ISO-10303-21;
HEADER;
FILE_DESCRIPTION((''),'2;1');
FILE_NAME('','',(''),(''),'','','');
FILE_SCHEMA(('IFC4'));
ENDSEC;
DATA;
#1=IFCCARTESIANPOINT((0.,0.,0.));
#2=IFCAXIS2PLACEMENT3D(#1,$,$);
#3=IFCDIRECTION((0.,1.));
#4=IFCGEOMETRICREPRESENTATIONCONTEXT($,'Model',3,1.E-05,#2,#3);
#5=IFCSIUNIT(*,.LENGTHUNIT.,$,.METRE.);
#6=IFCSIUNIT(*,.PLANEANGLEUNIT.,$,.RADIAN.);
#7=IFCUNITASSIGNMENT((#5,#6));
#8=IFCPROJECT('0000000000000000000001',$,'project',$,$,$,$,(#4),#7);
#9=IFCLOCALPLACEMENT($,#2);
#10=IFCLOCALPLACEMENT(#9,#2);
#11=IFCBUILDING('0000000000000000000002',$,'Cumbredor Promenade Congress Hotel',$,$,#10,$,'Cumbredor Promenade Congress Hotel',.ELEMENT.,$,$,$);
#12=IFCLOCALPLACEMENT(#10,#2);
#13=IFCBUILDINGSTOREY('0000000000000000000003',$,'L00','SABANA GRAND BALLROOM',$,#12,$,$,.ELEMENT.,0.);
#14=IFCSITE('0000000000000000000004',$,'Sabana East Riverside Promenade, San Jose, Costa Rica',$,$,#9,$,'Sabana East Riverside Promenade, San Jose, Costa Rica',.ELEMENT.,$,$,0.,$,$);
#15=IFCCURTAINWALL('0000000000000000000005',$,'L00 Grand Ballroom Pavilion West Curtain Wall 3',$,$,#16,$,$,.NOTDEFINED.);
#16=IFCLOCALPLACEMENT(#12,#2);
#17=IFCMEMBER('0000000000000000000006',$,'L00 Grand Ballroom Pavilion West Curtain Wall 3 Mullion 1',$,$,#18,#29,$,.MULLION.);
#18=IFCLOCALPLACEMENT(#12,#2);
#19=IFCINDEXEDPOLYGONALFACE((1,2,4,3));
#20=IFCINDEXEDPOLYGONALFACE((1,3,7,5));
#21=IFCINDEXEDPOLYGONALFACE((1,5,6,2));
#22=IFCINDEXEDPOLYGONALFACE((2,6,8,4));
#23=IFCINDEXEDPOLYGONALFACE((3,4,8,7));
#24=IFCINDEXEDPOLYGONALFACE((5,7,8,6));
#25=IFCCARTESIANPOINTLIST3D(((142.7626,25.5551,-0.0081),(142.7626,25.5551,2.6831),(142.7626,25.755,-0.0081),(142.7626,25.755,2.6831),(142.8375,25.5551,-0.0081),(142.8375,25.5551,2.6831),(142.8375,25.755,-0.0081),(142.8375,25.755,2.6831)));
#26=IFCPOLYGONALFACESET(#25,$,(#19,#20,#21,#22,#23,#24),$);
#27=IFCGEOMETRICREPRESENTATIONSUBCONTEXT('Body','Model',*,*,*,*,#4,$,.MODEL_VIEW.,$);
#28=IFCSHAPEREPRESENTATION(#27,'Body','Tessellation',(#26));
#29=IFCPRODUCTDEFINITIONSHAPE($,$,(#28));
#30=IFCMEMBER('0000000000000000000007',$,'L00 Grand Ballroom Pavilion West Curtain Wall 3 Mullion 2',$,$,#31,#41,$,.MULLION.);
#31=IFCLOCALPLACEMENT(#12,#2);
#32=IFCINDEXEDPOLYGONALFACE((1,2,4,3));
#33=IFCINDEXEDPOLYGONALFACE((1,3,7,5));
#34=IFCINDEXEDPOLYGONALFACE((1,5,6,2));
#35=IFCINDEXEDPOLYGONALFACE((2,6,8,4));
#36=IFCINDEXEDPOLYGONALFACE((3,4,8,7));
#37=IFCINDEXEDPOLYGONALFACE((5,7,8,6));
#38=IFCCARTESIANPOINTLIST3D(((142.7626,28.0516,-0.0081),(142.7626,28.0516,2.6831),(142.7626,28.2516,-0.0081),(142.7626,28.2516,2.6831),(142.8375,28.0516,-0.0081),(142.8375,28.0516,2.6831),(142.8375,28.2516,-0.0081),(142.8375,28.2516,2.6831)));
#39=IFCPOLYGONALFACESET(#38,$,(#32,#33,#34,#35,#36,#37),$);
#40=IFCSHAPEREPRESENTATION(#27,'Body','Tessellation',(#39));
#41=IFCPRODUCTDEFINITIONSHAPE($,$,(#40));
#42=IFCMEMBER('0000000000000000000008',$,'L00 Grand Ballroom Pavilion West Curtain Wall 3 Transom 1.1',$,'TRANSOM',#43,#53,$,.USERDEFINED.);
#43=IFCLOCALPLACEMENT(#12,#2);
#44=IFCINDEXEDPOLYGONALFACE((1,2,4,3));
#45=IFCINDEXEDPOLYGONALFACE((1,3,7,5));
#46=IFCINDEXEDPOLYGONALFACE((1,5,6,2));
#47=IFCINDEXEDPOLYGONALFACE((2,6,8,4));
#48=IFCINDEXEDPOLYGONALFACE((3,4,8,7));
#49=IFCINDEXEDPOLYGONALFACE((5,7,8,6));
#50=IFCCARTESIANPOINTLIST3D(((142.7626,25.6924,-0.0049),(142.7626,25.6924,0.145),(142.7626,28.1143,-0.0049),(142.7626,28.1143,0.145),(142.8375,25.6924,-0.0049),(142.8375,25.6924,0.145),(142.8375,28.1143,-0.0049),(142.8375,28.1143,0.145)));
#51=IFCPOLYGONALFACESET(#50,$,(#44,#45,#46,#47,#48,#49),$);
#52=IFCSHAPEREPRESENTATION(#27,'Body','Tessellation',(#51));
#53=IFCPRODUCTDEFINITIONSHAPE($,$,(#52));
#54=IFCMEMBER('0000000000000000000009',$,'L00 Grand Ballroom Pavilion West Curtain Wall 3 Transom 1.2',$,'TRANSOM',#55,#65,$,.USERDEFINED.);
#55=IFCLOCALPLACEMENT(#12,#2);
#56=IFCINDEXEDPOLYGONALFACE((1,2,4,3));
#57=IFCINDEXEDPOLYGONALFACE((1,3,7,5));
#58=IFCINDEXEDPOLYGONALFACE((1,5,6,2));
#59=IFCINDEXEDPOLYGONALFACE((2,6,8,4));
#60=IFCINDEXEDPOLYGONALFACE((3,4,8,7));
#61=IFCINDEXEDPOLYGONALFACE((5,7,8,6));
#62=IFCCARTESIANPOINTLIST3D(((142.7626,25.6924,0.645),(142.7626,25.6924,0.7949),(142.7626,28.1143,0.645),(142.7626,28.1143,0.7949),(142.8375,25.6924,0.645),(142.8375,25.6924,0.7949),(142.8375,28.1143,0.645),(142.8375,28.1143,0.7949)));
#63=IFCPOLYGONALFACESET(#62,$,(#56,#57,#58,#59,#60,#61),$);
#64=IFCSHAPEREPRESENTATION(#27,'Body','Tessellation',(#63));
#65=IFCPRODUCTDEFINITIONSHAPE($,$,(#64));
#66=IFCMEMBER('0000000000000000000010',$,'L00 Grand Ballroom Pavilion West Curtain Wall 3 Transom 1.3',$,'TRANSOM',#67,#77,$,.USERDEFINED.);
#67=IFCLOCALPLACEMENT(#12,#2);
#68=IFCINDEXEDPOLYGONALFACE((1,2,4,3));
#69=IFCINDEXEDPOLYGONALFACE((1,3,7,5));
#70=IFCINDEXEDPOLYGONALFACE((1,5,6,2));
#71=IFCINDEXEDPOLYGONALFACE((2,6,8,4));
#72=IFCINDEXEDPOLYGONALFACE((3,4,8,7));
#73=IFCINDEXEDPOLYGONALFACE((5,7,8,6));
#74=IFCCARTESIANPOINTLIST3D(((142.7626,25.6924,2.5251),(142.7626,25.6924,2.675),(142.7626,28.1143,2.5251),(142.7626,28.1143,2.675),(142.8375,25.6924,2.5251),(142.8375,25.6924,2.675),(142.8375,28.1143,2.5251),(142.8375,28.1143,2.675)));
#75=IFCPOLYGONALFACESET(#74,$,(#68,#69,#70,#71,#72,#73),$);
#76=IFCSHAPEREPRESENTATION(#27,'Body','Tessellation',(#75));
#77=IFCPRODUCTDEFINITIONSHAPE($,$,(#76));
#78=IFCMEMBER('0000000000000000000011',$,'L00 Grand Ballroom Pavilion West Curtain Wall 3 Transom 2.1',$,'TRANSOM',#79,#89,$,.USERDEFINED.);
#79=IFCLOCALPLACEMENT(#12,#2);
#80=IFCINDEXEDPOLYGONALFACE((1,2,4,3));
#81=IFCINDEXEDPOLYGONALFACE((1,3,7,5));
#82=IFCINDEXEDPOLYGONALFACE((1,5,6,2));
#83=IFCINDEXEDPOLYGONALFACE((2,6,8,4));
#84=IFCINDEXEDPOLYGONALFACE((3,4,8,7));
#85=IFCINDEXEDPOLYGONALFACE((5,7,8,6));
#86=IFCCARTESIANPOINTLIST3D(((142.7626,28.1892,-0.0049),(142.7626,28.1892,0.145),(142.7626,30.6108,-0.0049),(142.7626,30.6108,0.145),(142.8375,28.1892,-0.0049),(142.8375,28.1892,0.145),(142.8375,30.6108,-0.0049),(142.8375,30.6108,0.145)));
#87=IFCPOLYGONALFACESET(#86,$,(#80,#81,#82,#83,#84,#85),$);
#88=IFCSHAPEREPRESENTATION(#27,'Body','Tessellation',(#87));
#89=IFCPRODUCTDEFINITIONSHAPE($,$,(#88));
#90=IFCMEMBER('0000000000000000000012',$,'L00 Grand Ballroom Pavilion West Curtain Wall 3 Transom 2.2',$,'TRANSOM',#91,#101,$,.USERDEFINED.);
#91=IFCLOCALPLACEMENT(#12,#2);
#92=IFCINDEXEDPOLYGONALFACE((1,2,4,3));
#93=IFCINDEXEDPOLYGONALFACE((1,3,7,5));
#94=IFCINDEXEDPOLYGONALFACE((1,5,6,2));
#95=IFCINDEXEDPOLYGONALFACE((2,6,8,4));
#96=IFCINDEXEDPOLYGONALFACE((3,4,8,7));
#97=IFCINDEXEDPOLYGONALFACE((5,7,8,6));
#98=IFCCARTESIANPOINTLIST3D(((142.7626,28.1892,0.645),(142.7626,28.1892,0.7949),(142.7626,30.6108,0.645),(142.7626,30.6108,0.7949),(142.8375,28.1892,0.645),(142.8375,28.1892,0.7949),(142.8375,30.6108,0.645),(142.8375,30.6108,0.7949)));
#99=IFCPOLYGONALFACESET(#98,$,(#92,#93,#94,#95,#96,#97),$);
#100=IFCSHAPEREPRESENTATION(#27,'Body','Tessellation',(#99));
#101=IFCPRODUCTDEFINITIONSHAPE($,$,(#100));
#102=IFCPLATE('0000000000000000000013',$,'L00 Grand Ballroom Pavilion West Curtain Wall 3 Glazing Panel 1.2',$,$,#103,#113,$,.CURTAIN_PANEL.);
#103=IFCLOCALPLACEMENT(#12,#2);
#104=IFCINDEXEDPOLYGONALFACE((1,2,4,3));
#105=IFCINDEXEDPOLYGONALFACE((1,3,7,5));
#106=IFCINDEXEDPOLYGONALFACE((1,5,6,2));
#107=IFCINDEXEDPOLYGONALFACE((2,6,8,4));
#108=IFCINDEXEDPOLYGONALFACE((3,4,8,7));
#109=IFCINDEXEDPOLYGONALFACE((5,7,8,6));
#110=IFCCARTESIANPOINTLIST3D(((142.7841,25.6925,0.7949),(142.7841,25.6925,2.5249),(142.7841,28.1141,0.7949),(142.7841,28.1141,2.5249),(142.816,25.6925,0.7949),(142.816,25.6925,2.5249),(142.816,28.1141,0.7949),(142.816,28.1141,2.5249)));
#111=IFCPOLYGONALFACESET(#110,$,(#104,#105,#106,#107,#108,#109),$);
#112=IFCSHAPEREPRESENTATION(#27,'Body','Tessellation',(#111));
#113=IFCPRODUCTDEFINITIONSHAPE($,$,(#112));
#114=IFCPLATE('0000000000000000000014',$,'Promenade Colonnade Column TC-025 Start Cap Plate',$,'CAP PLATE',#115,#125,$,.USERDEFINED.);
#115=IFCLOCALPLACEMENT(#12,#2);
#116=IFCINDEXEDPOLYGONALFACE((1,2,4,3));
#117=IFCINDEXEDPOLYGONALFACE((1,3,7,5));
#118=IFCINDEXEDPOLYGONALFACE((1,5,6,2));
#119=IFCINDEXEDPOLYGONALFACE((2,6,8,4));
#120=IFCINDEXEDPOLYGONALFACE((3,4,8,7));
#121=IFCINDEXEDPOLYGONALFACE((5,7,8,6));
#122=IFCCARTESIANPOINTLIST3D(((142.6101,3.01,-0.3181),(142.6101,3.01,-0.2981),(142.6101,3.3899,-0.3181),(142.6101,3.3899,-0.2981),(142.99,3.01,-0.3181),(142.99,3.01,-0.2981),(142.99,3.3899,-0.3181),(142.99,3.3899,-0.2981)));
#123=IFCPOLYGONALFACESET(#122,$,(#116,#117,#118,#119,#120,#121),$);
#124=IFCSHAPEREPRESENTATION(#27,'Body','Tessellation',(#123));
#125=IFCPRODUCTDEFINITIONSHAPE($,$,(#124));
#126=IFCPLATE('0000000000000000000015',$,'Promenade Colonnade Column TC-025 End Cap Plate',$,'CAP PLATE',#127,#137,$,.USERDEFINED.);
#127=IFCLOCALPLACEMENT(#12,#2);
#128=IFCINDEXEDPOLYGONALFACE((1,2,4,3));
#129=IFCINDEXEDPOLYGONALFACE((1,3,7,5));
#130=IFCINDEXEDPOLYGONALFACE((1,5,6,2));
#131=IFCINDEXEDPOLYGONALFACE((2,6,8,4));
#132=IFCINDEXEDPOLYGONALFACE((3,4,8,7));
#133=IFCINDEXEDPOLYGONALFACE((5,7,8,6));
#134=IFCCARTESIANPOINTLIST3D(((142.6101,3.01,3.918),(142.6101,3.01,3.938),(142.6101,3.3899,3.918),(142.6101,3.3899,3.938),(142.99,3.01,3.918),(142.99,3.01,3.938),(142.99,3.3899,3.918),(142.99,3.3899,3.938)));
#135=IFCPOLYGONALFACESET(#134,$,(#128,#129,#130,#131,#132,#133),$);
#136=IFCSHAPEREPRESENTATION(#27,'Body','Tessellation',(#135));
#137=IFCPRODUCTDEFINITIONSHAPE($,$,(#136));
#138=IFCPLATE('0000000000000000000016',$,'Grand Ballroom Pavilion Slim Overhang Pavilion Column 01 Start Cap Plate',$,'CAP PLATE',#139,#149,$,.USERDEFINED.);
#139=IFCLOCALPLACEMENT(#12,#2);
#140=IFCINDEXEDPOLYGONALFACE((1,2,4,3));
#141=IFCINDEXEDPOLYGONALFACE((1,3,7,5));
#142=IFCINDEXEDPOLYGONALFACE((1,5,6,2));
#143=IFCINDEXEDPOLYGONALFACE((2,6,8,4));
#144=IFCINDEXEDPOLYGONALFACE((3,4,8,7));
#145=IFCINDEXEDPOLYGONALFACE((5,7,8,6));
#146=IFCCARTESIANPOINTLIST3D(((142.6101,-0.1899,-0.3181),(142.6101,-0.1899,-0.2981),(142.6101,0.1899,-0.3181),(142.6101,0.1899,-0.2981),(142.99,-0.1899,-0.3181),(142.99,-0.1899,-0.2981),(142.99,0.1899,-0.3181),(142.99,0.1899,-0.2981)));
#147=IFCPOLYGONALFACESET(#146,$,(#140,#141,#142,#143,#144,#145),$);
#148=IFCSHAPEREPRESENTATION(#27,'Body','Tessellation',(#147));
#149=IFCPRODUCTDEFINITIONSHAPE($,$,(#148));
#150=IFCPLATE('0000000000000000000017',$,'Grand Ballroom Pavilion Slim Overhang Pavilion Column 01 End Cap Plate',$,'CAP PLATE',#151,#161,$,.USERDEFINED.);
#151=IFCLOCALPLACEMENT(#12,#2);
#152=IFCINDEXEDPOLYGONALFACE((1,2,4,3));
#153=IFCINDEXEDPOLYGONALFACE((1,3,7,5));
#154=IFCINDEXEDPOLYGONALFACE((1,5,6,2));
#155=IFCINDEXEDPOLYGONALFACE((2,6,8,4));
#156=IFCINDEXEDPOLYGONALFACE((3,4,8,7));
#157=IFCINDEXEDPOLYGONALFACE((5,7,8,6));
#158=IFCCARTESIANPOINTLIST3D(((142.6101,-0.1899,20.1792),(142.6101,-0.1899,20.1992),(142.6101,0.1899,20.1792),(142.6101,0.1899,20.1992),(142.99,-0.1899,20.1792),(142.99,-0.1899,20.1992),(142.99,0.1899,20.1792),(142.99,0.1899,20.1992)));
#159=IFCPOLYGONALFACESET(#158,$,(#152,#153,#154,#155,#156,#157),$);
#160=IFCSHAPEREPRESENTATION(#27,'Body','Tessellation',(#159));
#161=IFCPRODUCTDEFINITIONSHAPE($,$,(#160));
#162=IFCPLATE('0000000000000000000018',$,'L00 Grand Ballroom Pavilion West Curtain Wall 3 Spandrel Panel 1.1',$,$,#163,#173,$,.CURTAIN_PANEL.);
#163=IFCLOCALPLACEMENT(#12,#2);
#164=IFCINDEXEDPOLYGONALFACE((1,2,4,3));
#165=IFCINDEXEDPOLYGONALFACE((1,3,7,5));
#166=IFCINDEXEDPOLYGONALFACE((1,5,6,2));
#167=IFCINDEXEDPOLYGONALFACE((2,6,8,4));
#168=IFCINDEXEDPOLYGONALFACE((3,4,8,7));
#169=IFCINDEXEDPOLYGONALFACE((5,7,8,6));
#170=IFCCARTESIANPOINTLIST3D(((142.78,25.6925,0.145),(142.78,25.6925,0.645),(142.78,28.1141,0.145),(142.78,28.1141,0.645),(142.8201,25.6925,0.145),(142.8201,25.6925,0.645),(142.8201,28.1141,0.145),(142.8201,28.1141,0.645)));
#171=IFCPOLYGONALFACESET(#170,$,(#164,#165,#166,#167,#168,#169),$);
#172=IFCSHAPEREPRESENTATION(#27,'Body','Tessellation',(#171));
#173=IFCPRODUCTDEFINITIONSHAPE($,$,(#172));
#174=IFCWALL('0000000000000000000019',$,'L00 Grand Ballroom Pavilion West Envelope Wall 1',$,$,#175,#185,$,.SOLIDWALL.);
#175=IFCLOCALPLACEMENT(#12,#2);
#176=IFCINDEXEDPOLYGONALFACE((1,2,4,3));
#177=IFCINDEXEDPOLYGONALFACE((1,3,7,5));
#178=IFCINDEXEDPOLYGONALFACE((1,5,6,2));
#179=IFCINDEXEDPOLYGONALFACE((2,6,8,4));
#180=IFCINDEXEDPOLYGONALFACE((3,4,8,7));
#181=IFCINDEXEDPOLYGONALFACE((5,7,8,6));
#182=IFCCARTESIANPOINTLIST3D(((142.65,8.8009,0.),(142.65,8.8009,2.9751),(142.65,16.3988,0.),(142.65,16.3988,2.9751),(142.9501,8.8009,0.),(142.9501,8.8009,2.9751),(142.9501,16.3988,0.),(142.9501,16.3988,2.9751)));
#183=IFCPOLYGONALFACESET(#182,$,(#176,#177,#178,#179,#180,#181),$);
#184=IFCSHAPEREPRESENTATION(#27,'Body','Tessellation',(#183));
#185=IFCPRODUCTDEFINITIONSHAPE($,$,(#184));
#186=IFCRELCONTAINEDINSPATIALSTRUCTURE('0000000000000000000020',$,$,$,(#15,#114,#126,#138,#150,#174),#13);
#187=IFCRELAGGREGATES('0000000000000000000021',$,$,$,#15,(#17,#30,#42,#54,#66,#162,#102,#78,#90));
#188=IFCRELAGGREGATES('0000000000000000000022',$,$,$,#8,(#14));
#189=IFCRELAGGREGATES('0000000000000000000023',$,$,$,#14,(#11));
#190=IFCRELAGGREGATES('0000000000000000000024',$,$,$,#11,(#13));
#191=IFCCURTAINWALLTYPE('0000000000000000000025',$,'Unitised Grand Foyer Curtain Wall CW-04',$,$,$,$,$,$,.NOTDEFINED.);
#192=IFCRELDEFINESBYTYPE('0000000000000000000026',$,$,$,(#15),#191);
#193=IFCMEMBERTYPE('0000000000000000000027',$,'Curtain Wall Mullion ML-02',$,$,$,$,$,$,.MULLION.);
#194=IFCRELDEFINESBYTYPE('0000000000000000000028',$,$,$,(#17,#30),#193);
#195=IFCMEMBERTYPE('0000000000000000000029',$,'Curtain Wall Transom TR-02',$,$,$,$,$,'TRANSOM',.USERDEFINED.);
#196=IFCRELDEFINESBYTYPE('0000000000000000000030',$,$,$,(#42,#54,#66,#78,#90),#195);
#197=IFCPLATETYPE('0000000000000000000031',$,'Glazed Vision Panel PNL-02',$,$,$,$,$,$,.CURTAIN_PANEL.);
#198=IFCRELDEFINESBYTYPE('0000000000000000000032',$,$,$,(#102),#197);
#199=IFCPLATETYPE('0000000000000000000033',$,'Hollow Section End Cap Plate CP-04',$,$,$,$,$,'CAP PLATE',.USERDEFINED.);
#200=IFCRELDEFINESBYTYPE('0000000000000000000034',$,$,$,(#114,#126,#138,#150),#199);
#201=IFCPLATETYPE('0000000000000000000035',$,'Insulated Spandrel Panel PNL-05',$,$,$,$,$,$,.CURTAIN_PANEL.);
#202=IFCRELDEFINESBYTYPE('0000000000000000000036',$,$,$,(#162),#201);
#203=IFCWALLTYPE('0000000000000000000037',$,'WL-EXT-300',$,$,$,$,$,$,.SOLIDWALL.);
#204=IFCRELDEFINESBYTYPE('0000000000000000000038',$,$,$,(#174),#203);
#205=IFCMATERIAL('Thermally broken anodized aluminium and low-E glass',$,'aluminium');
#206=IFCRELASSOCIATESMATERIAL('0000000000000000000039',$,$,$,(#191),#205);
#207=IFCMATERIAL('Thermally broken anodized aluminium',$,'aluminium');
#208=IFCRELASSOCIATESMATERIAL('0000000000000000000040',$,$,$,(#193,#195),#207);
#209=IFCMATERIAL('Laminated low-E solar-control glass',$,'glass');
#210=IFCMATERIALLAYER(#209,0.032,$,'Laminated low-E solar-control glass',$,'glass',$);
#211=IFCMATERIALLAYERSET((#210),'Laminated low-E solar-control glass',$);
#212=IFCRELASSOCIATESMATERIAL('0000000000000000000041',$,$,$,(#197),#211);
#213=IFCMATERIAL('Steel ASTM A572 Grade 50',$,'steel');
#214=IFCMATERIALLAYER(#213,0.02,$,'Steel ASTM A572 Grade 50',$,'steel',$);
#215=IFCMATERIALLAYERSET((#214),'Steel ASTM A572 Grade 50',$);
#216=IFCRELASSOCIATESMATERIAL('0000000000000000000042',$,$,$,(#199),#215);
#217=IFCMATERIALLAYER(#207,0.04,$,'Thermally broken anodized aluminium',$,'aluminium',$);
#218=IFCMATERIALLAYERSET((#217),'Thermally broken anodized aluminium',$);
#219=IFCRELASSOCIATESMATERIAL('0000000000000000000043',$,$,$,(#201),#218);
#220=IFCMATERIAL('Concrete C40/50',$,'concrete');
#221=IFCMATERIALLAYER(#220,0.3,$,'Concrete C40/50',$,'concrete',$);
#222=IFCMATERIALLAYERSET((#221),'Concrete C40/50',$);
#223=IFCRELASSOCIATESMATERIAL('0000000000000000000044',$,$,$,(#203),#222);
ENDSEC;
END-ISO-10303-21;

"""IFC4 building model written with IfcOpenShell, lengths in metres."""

from ifc_helpers import new_model, si_unit, direction, frame, frame_2d, origin, origin_2d, place, context, subcontext, project, spatial, rectangle, extrude, material, layer, layer_set, material_profile, profile_set, type_object, element, aggregate, save


model = new_model("IFC4")

# Units and contexts
model_context = context("Model", 3, precision=1e-05, world=origin(), true_north=direction((0.0, 1.0)))
body_context = subcontext(model_context, "Body", "Model", "MODEL_VIEW")
ifc_project = project(units=[si_unit("LENGTHUNIT", "METRE"), si_unit("PLANEANGLEUNIT", "RADIAN")], contexts=[model_context])

# Site, building, storey
site_placement = place(None, origin())
site = spatial("IfcSite", under=ifc_project, at=site_placement, Name="Sabana East Riverside Promenade, San Jose, Costa Rica", LongName="Sabana East Riverside Promenade, San Jose, Costa Rica", CompositionType="ELEMENT", RefElevation=0.0)
building_placement = place(site_placement, origin())
building = spatial("IfcBuilding", under=site, at=building_placement, Name="Cumbredor Promenade Congress Hotel", LongName="Cumbredor Promenade Congress Hotel", CompositionType="ELEMENT")
storey_placement = place(building_placement, origin())
storey = spatial("IfcBuildingStorey", under=building, at=storey_placement, Name="L00", Description="SABANA GRAND BALLROOM", CompositionType="ELEMENT", Elevation=0.0)

# Shared definitions
ifc_material_1 = material(Name="Concrete C40/50", Category="concrete")

# Curtain wall, members, plate
ifc_material_2 = material(Name="Thermally broken anodized aluminium and low-E glass", Category="aluminium")
curtain_wall_type = type_object("IfcCurtainWallType", Name="Unitised Grand Foyer Curtain Wall CW-04", PredefinedType="NOTDEFINED", material=ifc_material_2)
curtain_wall_placement = place(storey_placement, origin())
curtain_wall = element("IfcCurtainWall", 1, at=curtain_wall_placement, inside=storey, type_object=curtain_wall_type, Name="L00 Grand Ballroom Pavilion West Curtain Wall 3", PredefinedType="NOTDEFINED")
ifc_material_3 = material(Name="Thermally broken anodized aluminium", Category="aluminium")
ifc_material_profile_1 = material_profile(ifc_material_3, rectangle(XDim=0.075, YDim=0.2, at=origin_2d()), Name="ALU MULLION 75x200")
ifc_profile_set_1 = profile_set([ifc_material_profile_1], Name="Thermally broken anodized aluminium")
member_type_1 = type_object("IfcMemberType", Name="Curtain Wall Mullion ML-02", PredefinedType="MULLION", material=ifc_profile_set_1)
member_1_placement = place(storey_placement, frame((142.8, 25.655, -0.0081), z_axis=(0.0, 0.0, 1.0), x_axis=(1.0, 0.0, 0.0)))
member_1 = element("IfcMember", 2, at=member_1_placement, type_object=member_type_1, Name="L00 Grand Ballroom Pavilion West Curtain Wall 3 Mullion 1", PredefinedType="MULLION", context=body_context, shape_type="SweptSolid", body=[
    extrude(rectangle(XDim=0.075, YDim=0.2, at=origin_2d()), origin(), (0.0, 0.0, 1.0), 2.6912),
])
member_2_placement = place(storey_placement, frame((142.8, 28.1516, -0.0081), z_axis=(0.0, 0.0, 1.0), x_axis=(1.0, 0.0, 0.0)))
member_2 = element("IfcMember", 3, at=member_2_placement, type_object=member_type_1, Name="L00 Grand Ballroom Pavilion West Curtain Wall 3 Mullion 2", PredefinedType="MULLION", context=body_context, shape_type="SweptSolid", body=[
    extrude(rectangle(XDim=0.075, YDim=0.2, at=origin_2d()), origin(), (0.0, 0.0, 1.0), 2.6912),
])
ifc_material_profile_2 = material_profile(ifc_material_3, rectangle(XDim=0.075, YDim=0.1499, at=origin_2d()), Name="ALU TRANSOM 75x150")
ifc_profile_set_2 = profile_set([ifc_material_profile_2], Name="Thermally broken anodized aluminium")
member_type_2 = type_object("IfcMemberType", Name="Curtain Wall Transom TR-02", ElementType="TRANSOM", PredefinedType="USERDEFINED", material=ifc_profile_set_2)
member_3_placement = place(storey_placement, frame((142.8, 25.6924, 0.0701), z_axis=(0.0, 1.0, 0.0), x_axis=(-1.0, 0.0, 0.0)))
member_3 = element("IfcMember", 4, at=member_3_placement, type_object=member_type_2, Name="L00 Grand Ballroom Pavilion West Curtain Wall 3 Transom 1.1", ObjectType="TRANSOM", PredefinedType="USERDEFINED", context=body_context, shape_type="SweptSolid", body=[
    extrude(rectangle(XDim=0.075, YDim=0.1499, at=origin_2d()), origin(), (0.0, 0.0, 1.0), 2.4219),
])
member_4_placement = place(storey_placement, frame((142.8, 25.6924, 0.72), z_axis=(0.0, 1.0, 0.0), x_axis=(-1.0, 0.0, 0.0)))
member_4 = element("IfcMember", 5, at=member_4_placement, type_object=member_type_2, Name="L00 Grand Ballroom Pavilion West Curtain Wall 3 Transom 1.2", ObjectType="TRANSOM", PredefinedType="USERDEFINED", context=body_context, shape_type="SweptSolid", body=[
    extrude(rectangle(XDim=0.075, YDim=0.1499, at=origin_2d()), origin(), (0.0, 0.0, 1.0), 2.4219),
])
member_5_placement = place(storey_placement, frame((142.8, 25.6924, 2.6001), z_axis=(0.0, 1.0, 0.0), x_axis=(-1.0, 0.0, 0.0)))
member_5 = element("IfcMember", 6, at=member_5_placement, type_object=member_type_2, Name="L00 Grand Ballroom Pavilion West Curtain Wall 3 Transom 1.3", ObjectType="TRANSOM", PredefinedType="USERDEFINED", context=body_context, shape_type="SweptSolid", body=[
    extrude(rectangle(XDim=0.075, YDim=0.1499, at=origin_2d()), origin(), (0.0, 0.0, 1.0), 2.4219),
])
member_6_placement = place(storey_placement, frame((142.8, 28.1892, 0.0701), z_axis=(0.0, 1.0, 0.0), x_axis=(-1.0, 0.0, 0.0)))
member_6 = element("IfcMember", 7, at=member_6_placement, type_object=member_type_2, Name="L00 Grand Ballroom Pavilion West Curtain Wall 3 Transom 2.1", ObjectType="TRANSOM", PredefinedType="USERDEFINED", context=body_context, shape_type="SweptSolid", body=[
    extrude(rectangle(XDim=0.075, YDim=0.1499, at=origin_2d()), origin(), (0.0, 0.0, 1.0), 2.4216),
])
member_7_placement = place(storey_placement, frame((142.8, 28.1892, 0.72), z_axis=(0.0, 1.0, 0.0), x_axis=(-1.0, 0.0, 0.0)))
member_7 = element("IfcMember", 8, at=member_7_placement, type_object=member_type_2, Name="L00 Grand Ballroom Pavilion West Curtain Wall 3 Transom 2.2", ObjectType="TRANSOM", PredefinedType="USERDEFINED", context=body_context, shape_type="SweptSolid", body=[
    extrude(rectangle(XDim=0.075, YDim=0.1499, at=origin_2d()), origin(), (0.0, 0.0, 1.0), 2.4216),
])
ifc_material_4 = material(Name="Laminated low-E solar-control glass", Category="glass")
ifc_layer_1 = layer(ifc_material_4, 0.032, Name="Laminated low-E solar-control glass", Category="glass")
ifc_layer_set_1 = layer_set([ifc_layer_1], Name="Laminated low-E solar-control glass")
plate_type_1 = type_object("IfcPlateType", Name="Glazed Vision Panel PNL-02", PredefinedType="CURTAIN_PANEL", material=ifc_layer_set_1)
plate_1_placement = place(storey_placement, frame((142.8, 26.9033, 0.7949), z_axis=(0.0, 0.0, 1.0), x_axis=(0.0, 1.0, 0.0)))
plate_1 = element("IfcPlate", 9, at=plate_1_placement, type_object=plate_type_1, Name="L00 Grand Ballroom Pavilion West Curtain Wall 3 Glazing Panel 1.2", PredefinedType="CURTAIN_PANEL", context=body_context, shape_type="SweptSolid", body=[
    extrude(rectangle(XDim=2.4216, YDim=0.032, at=origin_2d()), origin(), (0.0, 0.0, 1.0), 1.73),
])

# Plates
ifc_material_5 = material(Name="Steel ASTM A572 Grade 50", Category="steel")
ifc_layer_2 = layer(ifc_material_5, 0.02, Name="Steel ASTM A572 Grade 50", Category="steel")
ifc_layer_set_2 = layer_set([ifc_layer_2], Name="Steel ASTM A572 Grade 50")
plate_type_2 = type_object("IfcPlateType", Name="Hollow Section End Cap Plate CP-04", ElementType="CAP PLATE", PredefinedType="USERDEFINED", material=ifc_layer_set_2)
for number, where, z_axis, x_axis, name in (
    (10, (142.8, 3.2, -0.3181), (0.0, 0.0, 1.0), (1.0, 0.0, 0.0), "Promenade Colonnade Column TC-025 Start Cap Plate"),
    (11, (142.8, 3.2, 3.918), (0.0, 0.0, 1.0), (1.0, 0.0, 0.0), "Promenade Colonnade Column TC-025 End Cap Plate"),
    (12, (142.8, 0.0, -0.3181), (0.0, 0.0, 1.0), (1.0, 0.0, 0.0), "Grand Ballroom Pavilion Slim Overhang Pavilion Column 01 Start Cap Plate"),
    (13, (142.8, 0.0, 20.1792), (0.0, 0.0, 1.0), (1.0, 0.0, 0.0), "Grand Ballroom Pavilion Slim Overhang Pavilion Column 01 End Cap Plate"),
):
    element("IfcPlate", number, at=place(storey_placement, frame(where, z_axis=z_axis, x_axis=x_axis)), inside=storey, type_object=plate_type_2, Name=name, ObjectType="CAP PLATE", PredefinedType="USERDEFINED", context=body_context, shape_type="SweptSolid", body=[
        extrude(rectangle(XDim=0.3799, YDim=0.3799, at=origin_2d()), origin(), (0.0, 0.0, 1.0), 0.02),
    ])

# Plate
ifc_layer_3 = layer(ifc_material_3, 0.04, Name="Thermally broken anodized aluminium", Category="aluminium")
ifc_layer_set_3 = layer_set([ifc_layer_3], Name="Thermally broken anodized aluminium")
plate_type_3 = type_object("IfcPlateType", Name="Insulated Spandrel Panel PNL-05", PredefinedType="CURTAIN_PANEL", material=ifc_layer_set_3)
plate_2_placement = place(storey_placement, frame((142.8, 26.9033, 0.145), z_axis=(0.0, 0.0, 1.0), x_axis=(0.0, 1.0, 0.0)))
plate_2 = element("IfcPlate", 14, at=plate_2_placement, type_object=plate_type_3, Name="L00 Grand Ballroom Pavilion West Curtain Wall 3 Spandrel Panel 1.1", PredefinedType="CURTAIN_PANEL", context=body_context, shape_type="SweptSolid", body=[
    extrude(rectangle(XDim=2.4216, YDim=0.04, at=origin_2d()), origin(), (0.0, 0.0, 1.0), 0.5),
])
aggregate(curtain_wall, [member_1, member_2, member_3, member_4, member_5, plate_2, plate_1, member_6, member_7])

# Wall
ifc_layer_4 = layer(ifc_material_1, 0.3, Name="Concrete C40/50", Category="concrete")
ifc_layer_set_4 = layer_set([ifc_layer_4], Name="Concrete C40/50")
wall_type_1 = type_object("IfcWallType", Name="WL-EXT-300", PredefinedType="SOLIDWALL", material=ifc_layer_set_4)
wall_1_placement = place(storey_placement, frame((142.8, 8.801, 0.0), z_axis=(0.0, 0.0, 1.0), x_axis=(0.0, 1.0, 0.0)))
element("IfcWall", 15, at=wall_1_placement, inside=storey, type_object=wall_type_1, Name="L00 Grand Ballroom Pavilion West Envelope Wall 1", PredefinedType="SOLIDWALL", context=body_context, shape_type="SweptSolid", body=[
    extrude(rectangle(XDim=7.5979, YDim=0.3, at=frame_2d((3.7988, 0.0))), origin(), (0.0, 0.0, 1.0), 2.9751),
])

save(model, "model.ifc")
